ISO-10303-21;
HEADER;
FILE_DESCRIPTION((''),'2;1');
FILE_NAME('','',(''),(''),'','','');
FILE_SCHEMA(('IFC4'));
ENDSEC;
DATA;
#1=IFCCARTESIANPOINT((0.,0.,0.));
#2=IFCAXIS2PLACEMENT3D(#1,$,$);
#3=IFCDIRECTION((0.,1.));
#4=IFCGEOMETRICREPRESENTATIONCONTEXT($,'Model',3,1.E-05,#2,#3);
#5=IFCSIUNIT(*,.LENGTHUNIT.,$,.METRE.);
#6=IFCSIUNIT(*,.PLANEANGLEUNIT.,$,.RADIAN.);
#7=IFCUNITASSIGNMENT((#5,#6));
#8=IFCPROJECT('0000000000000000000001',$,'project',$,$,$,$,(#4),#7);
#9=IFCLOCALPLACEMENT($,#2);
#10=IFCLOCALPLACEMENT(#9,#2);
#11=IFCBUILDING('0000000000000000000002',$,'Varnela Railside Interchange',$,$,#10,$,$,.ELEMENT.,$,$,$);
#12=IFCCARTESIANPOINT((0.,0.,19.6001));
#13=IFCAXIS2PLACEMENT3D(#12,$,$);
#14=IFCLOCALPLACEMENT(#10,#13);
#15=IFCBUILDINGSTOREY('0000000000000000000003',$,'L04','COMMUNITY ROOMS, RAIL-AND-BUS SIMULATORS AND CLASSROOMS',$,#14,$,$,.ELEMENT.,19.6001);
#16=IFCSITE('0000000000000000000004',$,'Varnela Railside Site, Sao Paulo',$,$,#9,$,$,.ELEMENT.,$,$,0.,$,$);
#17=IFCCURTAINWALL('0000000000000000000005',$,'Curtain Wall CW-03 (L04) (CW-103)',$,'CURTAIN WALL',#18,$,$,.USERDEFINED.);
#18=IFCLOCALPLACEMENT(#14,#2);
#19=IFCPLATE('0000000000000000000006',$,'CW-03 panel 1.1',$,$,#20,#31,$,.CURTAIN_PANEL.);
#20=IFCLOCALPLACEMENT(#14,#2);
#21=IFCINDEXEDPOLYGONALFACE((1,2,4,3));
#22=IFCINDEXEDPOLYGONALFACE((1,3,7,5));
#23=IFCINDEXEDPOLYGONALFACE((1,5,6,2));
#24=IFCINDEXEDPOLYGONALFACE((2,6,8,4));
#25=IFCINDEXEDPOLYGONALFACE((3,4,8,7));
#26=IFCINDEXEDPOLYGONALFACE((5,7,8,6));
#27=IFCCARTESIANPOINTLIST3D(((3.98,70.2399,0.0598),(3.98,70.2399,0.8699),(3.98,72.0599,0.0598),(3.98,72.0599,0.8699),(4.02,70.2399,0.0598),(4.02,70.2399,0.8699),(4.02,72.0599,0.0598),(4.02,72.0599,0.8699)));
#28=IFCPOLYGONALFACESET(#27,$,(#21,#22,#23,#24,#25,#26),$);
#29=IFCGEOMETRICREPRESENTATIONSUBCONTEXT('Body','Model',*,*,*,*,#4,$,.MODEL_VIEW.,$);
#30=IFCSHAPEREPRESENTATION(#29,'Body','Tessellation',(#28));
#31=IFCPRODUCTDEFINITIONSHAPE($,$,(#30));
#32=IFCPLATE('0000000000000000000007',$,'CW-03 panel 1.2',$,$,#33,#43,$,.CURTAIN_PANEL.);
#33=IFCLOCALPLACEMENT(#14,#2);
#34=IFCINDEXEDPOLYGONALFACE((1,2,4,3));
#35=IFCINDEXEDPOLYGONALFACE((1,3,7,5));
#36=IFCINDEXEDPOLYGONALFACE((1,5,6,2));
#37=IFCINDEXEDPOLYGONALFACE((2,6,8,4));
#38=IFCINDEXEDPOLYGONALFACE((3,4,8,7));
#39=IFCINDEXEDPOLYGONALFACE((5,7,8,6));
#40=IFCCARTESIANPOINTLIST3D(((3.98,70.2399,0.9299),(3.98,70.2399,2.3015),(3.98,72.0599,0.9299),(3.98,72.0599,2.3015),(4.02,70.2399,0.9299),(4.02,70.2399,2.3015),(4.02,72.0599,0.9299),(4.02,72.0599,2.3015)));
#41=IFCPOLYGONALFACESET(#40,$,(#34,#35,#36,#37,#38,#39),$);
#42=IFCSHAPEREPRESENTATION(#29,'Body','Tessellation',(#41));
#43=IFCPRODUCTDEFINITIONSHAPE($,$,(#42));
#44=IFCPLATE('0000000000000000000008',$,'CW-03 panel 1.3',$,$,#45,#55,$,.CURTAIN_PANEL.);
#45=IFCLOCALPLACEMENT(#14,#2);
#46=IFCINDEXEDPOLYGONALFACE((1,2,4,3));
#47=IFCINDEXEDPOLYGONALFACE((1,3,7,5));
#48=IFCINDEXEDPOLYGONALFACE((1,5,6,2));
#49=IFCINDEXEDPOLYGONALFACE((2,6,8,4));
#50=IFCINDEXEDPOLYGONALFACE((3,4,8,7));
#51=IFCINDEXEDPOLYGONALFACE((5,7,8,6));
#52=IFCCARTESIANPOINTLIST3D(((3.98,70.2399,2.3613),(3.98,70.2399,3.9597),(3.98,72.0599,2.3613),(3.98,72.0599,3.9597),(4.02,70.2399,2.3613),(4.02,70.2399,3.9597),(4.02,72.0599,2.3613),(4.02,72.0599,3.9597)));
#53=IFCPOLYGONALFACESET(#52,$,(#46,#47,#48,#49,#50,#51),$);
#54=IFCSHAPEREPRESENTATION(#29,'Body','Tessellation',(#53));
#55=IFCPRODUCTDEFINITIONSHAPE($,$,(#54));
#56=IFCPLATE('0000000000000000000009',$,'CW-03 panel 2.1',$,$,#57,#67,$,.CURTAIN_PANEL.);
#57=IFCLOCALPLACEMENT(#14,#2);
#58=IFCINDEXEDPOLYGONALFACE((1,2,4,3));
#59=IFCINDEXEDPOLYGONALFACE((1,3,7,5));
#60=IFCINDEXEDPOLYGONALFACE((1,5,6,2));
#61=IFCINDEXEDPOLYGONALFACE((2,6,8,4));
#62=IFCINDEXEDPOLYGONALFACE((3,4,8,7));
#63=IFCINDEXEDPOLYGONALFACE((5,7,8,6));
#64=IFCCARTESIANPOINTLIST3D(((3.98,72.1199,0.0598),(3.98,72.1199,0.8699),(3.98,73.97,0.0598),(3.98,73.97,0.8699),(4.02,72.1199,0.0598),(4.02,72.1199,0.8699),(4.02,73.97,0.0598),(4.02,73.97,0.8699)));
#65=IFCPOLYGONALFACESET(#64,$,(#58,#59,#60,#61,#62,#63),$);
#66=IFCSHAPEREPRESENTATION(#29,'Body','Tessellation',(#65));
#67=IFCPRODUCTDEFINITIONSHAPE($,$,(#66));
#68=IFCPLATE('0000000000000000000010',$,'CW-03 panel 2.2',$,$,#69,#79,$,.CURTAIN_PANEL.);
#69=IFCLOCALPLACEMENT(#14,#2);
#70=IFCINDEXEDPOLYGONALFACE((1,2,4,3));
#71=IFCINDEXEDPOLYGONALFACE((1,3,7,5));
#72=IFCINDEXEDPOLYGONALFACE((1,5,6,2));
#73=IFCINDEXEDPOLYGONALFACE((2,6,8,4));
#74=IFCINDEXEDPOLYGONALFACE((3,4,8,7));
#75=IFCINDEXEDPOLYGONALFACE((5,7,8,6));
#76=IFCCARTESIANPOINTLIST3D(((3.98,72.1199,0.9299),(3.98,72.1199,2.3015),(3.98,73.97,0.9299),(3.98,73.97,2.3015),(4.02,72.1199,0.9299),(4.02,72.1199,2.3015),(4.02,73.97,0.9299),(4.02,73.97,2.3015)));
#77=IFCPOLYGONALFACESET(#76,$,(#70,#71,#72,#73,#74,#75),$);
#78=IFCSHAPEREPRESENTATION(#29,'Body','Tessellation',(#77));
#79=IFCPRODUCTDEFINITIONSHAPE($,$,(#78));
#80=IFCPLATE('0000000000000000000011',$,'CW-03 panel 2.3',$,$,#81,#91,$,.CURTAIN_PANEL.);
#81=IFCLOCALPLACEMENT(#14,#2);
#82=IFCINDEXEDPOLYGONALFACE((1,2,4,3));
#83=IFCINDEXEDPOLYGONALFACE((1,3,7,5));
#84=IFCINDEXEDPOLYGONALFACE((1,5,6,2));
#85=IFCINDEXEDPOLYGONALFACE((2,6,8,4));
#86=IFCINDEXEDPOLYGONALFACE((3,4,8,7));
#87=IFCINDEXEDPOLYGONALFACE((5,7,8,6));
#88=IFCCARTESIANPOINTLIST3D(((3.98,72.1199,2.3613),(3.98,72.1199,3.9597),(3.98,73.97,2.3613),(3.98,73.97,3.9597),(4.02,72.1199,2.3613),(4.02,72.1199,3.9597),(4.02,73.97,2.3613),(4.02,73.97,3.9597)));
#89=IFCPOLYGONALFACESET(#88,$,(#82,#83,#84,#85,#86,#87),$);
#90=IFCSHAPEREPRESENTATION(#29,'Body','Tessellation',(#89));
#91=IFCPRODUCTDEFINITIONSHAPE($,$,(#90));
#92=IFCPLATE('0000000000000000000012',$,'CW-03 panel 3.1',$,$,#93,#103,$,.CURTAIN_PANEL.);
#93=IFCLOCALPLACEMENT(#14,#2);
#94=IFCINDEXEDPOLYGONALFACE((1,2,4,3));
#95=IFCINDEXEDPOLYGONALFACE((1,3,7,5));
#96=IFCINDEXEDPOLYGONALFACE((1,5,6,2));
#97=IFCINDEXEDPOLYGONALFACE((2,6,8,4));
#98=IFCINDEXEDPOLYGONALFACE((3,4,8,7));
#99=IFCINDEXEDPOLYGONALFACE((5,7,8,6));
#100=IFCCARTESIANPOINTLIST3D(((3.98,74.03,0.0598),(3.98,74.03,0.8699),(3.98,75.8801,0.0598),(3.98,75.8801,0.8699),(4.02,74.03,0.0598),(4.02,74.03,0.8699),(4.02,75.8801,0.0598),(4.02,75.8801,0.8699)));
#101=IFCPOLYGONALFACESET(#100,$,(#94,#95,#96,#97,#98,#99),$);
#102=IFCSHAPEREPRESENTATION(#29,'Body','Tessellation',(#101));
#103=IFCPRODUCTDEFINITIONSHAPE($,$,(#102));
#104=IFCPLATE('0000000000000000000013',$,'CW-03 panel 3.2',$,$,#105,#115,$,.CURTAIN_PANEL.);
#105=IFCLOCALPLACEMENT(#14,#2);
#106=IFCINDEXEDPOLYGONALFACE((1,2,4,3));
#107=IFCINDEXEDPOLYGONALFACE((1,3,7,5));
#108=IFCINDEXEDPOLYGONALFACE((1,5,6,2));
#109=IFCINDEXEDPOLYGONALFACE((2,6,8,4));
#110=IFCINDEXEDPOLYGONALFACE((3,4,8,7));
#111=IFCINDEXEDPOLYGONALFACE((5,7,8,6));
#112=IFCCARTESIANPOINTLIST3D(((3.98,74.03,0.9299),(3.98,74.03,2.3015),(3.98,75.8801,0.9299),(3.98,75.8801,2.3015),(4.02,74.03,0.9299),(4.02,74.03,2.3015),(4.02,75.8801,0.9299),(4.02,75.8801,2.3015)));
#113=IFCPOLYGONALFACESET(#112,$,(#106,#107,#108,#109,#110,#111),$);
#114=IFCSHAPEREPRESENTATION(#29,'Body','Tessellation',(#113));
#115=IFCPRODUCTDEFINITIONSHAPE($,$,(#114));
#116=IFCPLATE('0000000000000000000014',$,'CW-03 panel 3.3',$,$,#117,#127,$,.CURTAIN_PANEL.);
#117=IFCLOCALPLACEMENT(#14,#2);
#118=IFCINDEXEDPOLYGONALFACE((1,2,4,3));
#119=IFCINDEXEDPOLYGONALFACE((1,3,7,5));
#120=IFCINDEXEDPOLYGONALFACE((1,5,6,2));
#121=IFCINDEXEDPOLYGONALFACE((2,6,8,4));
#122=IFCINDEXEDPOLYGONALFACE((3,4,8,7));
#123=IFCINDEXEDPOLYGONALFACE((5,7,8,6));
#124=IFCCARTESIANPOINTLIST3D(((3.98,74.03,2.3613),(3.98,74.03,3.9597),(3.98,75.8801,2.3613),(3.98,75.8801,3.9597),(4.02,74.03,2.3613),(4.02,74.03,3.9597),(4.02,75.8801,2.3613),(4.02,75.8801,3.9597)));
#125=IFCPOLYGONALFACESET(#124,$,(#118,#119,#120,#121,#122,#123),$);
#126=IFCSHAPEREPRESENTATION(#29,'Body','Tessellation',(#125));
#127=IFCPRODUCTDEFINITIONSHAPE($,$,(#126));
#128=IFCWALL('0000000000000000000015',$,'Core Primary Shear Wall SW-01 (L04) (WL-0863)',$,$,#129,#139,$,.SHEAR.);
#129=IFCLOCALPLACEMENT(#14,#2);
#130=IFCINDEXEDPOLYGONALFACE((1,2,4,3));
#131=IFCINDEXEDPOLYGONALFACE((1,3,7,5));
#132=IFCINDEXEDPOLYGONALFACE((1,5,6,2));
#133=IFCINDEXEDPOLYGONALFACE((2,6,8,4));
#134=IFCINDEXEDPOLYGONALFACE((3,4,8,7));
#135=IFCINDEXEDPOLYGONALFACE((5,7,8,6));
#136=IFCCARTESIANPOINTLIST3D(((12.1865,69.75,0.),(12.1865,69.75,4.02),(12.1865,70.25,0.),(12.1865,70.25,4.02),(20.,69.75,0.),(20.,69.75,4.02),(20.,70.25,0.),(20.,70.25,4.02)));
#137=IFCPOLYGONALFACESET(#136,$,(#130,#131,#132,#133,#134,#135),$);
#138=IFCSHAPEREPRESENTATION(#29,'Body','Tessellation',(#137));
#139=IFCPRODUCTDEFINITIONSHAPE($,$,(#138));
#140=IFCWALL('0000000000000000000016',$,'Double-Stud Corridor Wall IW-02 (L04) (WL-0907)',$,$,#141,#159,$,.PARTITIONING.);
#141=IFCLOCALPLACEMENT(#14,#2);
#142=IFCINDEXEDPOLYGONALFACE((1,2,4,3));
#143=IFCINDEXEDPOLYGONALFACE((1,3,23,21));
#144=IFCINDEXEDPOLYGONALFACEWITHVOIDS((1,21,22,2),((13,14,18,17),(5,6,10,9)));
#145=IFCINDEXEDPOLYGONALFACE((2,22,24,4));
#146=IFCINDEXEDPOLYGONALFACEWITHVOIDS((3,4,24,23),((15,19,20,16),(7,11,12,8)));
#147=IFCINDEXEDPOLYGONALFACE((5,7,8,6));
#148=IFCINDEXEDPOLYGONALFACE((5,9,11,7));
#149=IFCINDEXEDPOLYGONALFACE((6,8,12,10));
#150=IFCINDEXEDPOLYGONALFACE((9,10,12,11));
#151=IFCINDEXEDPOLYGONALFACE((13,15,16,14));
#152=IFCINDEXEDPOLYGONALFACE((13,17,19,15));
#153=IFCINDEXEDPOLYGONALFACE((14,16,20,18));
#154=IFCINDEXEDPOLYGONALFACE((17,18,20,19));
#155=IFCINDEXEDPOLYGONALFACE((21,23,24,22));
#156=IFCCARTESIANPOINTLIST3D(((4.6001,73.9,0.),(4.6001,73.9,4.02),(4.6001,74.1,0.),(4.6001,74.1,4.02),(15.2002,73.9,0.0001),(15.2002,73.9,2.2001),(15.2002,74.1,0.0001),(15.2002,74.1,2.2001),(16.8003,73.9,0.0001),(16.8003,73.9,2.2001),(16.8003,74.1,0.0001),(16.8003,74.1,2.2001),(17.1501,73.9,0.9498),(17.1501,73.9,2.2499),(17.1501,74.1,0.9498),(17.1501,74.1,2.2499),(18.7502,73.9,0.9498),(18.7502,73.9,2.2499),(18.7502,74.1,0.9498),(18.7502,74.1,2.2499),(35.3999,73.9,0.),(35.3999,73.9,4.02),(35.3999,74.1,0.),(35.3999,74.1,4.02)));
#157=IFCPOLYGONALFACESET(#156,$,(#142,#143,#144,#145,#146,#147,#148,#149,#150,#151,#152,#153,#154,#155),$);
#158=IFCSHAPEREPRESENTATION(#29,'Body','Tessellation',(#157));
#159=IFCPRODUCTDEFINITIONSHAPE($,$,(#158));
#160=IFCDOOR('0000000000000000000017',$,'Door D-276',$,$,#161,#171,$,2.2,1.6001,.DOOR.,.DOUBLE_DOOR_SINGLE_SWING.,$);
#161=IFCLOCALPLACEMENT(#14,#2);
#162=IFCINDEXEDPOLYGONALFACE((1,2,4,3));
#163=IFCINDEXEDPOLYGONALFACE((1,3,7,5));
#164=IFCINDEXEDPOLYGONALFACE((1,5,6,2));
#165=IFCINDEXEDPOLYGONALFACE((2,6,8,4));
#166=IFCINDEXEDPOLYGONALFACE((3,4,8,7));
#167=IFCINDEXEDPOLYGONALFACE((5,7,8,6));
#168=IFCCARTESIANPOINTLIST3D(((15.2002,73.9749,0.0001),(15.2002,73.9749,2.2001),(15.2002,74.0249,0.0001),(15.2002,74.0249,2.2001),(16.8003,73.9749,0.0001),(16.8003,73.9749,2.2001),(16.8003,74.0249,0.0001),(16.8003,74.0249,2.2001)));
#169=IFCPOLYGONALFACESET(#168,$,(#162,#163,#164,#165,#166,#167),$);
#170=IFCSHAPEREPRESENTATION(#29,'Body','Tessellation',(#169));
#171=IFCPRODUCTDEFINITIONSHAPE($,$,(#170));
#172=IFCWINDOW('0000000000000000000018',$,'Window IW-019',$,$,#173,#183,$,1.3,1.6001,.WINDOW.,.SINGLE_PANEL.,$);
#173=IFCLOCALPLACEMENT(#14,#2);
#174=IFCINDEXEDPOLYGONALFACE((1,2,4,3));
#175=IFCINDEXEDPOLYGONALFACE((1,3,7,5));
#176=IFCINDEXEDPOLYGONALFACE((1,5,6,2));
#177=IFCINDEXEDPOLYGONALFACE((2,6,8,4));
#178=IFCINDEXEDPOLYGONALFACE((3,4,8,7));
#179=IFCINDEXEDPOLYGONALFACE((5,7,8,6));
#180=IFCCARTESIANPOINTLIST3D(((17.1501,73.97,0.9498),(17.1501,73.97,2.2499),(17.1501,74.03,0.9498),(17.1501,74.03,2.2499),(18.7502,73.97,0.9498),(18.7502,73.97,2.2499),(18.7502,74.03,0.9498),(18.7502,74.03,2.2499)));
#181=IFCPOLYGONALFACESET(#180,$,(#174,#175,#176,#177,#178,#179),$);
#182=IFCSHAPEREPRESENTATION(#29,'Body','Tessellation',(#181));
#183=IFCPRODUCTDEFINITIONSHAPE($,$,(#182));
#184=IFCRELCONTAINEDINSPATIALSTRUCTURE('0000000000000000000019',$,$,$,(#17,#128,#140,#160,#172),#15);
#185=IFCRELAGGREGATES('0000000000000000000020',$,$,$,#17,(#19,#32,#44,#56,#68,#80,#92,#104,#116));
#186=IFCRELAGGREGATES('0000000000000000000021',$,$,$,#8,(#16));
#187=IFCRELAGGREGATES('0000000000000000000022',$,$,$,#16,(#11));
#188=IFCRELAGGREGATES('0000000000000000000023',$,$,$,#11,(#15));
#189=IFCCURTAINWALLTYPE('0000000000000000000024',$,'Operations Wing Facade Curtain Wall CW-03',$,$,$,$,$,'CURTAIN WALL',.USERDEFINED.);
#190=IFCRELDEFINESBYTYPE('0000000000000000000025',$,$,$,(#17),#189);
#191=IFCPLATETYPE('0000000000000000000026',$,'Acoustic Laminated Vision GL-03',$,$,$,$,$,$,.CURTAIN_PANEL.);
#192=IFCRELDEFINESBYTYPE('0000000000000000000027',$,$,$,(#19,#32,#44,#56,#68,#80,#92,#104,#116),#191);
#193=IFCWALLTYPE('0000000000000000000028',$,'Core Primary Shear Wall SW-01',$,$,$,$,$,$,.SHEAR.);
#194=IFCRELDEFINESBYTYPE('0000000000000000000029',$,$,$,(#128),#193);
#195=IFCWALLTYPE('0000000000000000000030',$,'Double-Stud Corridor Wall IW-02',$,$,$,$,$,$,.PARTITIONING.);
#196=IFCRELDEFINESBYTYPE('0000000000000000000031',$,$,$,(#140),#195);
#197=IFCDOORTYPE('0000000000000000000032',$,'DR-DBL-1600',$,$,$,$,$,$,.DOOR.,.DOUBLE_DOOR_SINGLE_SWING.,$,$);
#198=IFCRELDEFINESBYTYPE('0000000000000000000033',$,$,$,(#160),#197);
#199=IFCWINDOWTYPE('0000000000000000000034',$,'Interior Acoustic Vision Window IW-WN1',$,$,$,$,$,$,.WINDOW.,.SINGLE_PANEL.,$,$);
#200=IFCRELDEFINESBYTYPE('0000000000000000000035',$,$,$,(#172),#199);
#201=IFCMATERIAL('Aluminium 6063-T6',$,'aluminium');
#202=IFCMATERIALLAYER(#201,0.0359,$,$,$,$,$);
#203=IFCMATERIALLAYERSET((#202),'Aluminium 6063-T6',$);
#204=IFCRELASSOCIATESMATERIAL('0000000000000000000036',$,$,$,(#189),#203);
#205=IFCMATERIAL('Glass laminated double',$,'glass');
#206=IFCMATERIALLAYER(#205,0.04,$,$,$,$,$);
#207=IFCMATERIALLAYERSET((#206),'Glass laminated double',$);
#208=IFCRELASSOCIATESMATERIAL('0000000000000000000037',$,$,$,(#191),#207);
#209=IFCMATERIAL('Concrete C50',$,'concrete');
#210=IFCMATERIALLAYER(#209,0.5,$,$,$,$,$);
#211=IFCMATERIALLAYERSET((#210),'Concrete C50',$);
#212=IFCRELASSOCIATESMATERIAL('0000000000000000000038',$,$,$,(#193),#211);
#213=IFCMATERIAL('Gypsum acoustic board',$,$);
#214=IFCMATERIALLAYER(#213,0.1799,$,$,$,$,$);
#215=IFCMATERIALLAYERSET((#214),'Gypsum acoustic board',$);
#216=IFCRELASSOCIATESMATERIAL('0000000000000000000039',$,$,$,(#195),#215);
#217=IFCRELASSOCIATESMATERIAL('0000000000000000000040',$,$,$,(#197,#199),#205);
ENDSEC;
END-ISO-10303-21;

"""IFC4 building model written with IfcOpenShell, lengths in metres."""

from ifc_helpers import new_model, si_unit, direction, frame, frame_2d, origin, origin_2d, place, context, subcontext, project, spatial, rectangle, extrude, material, layer, layer_set, type_object, element, fill, aggregate, save


model = new_model("IFC4")

# Units and contexts
model_context = context("Model", 3, precision=1e-05, world=origin(), true_north=direction((0.0, 1.0)))
body_context = subcontext(model_context, "Body", "Model", "MODEL_VIEW")
ifc_project = project(units=[si_unit("LENGTHUNIT", "METRE"), si_unit("PLANEANGLEUNIT", "RADIAN")], contexts=[model_context])

# Site, building, storey
site_placement = place(None, origin())
site = spatial("IfcSite", under=ifc_project, at=site_placement, Name="Varnela Railside Site, Sao Paulo", CompositionType="ELEMENT", RefElevation=0.0)
building_placement = place(site_placement, origin())
building = spatial("IfcBuilding", under=site, at=building_placement, Name="Varnela Railside Interchange", CompositionType="ELEMENT")
storey_placement = place(building_placement, frame((0.0, 0.0, 19.6001)))
storey = spatial("IfcBuildingStorey", under=building, at=storey_placement, Name="L04", Description="COMMUNITY ROOMS, RAIL-AND-BUS SIMULATORS AND CLASSROOMS", CompositionType="ELEMENT", Elevation=19.6001)

# Curtain wall
ifc_material_1 = material(Name="Aluminium 6063-T6", Category="aluminium")
ifc_layer_1 = layer(ifc_material_1, 0.0359)
ifc_layer_set_1 = layer_set([ifc_layer_1], Name="Aluminium 6063-T6")
curtain_wall_type = type_object("IfcCurtainWallType", Name="Operations Wing Facade Curtain Wall CW-03", ElementType="CURTAIN WALL", PredefinedType="USERDEFINED", material=ifc_layer_set_1)
curtain_wall_placement = place(storey_placement, origin())
curtain_wall = element("IfcCurtainWall", 1, at=curtain_wall_placement, inside=storey, type_object=curtain_wall_type, Name="Curtain Wall CW-03 (L04) (CW-103)", ObjectType="CURTAIN WALL", PredefinedType="USERDEFINED")

# Plates
ifc_material_2 = material(Name="Glass laminated double", Category="glass")
ifc_layer_2 = layer(ifc_material_2, 0.04)
ifc_layer_set_2 = layer_set([ifc_layer_2], Name="Glass laminated double")
plate_type = type_object("IfcPlateType", Name="Acoustic Laminated Vision GL-03", PredefinedType="CURTAIN_PANEL", material=ifc_layer_set_2)
plate_1_placement = place(storey_placement, frame((4.0, 71.1499, 0.0598), z_axis=(0.0, 0.0, 1.0), x_axis=(0.0, 1.0, 0.0)))
plate_1 = element("IfcPlate", 2, at=plate_1_placement, type_object=plate_type, Name="CW-03 panel 1.1", PredefinedType="CURTAIN_PANEL", context=body_context, shape_type="SweptSolid", body=[
    extrude(rectangle(XDim=1.8201, YDim=0.04, at=origin_2d()), origin(), (0.0, 0.0, 1.0), 0.8101),
])
plate_2_placement = place(storey_placement, frame((4.0, 71.1499, 0.9299), z_axis=(0.0, 0.0, 1.0), x_axis=(0.0, 1.0, 0.0)))
plate_2 = element("IfcPlate", 3, at=plate_2_placement, type_object=plate_type, Name="CW-03 panel 1.2", PredefinedType="CURTAIN_PANEL", context=body_context, shape_type="SweptSolid", body=[
    extrude(rectangle(XDim=1.8201, YDim=0.04, at=origin_2d()), origin(), (0.0, 0.0, 1.0), 1.3716),
])
plate_3_placement = place(storey_placement, frame((4.0, 71.1499, 2.3613), z_axis=(0.0, 0.0, 1.0), x_axis=(0.0, 1.0, 0.0)))
plate_3 = element("IfcPlate", 4, at=plate_3_placement, type_object=plate_type, Name="CW-03 panel 1.3", PredefinedType="CURTAIN_PANEL", context=body_context, shape_type="SweptSolid", body=[
    extrude(rectangle(XDim=1.8201, YDim=0.04, at=origin_2d()), origin(), (0.0, 0.0, 1.0), 1.5984),
])
plate_4_placement = place(storey_placement, frame((4.0, 73.0449, 0.0598), z_axis=(0.0, 0.0, 1.0), x_axis=(0.0, 1.0, 0.0)))
plate_4 = element("IfcPlate", 5, at=plate_4_placement, type_object=plate_type, Name="CW-03 panel 2.1", PredefinedType="CURTAIN_PANEL", context=body_context, shape_type="SweptSolid", body=[
    extrude(rectangle(XDim=1.8501, YDim=0.04, at=origin_2d()), origin(), (0.0, 0.0, 1.0), 0.8101),
])
plate_5_placement = place(storey_placement, frame((4.0, 73.0449, 0.9299), z_axis=(0.0, 0.0, 1.0), x_axis=(0.0, 1.0, 0.0)))
plate_5 = element("IfcPlate", 6, at=plate_5_placement, type_object=plate_type, Name="CW-03 panel 2.2", PredefinedType="CURTAIN_PANEL", context=body_context, shape_type="SweptSolid", body=[
    extrude(rectangle(XDim=1.8501, YDim=0.04, at=origin_2d()), origin(), (0.0, 0.0, 1.0), 1.3716),
])
plate_6_placement = place(storey_placement, frame((4.0, 73.0449, 2.3613), z_axis=(0.0, 0.0, 1.0), x_axis=(0.0, 1.0, 0.0)))
plate_6 = element("IfcPlate", 7, at=plate_6_placement, type_object=plate_type, Name="CW-03 panel 2.3", PredefinedType="CURTAIN_PANEL", context=body_context, shape_type="SweptSolid", body=[
    extrude(rectangle(XDim=1.8501, YDim=0.04, at=origin_2d()), origin(), (0.0, 0.0, 1.0), 1.5984),
])
plate_7_placement = place(storey_placement, frame((4.0, 74.9551, 0.0598), z_axis=(0.0, 0.0, 1.0), x_axis=(0.0, 1.0, 0.0)))
plate_7 = element("IfcPlate", 8, at=plate_7_placement, type_object=plate_type, Name="CW-03 panel 3.1", PredefinedType="CURTAIN_PANEL", context=body_context, shape_type="SweptSolid", body=[
    extrude(rectangle(XDim=1.8501, YDim=0.04, at=origin_2d()), origin(), (0.0, 0.0, 1.0), 0.8101),
])
plate_8_placement = place(storey_placement, frame((4.0, 74.9551, 0.9299), z_axis=(0.0, 0.0, 1.0), x_axis=(0.0, 1.0, 0.0)))
plate_8 = element("IfcPlate", 9, at=plate_8_placement, type_object=plate_type, Name="CW-03 panel 3.2", PredefinedType="CURTAIN_PANEL", context=body_context, shape_type="SweptSolid", body=[
    extrude(rectangle(XDim=1.8501, YDim=0.04, at=origin_2d()), origin(), (0.0, 0.0, 1.0), 1.3716),
])
plate_9_placement = place(storey_placement, frame((4.0, 74.9551, 2.3613), z_axis=(0.0, 0.0, 1.0), x_axis=(0.0, 1.0, 0.0)))
plate_9 = element("IfcPlate", 10, at=plate_9_placement, type_object=plate_type, Name="CW-03 panel 3.3", PredefinedType="CURTAIN_PANEL", context=body_context, shape_type="SweptSolid", body=[
    extrude(rectangle(XDim=1.8501, YDim=0.04, at=origin_2d()), origin(), (0.0, 0.0, 1.0), 1.5984),
])
aggregate(curtain_wall, [plate_1, plate_2, plate_3, plate_4, plate_5, plate_6, plate_7, plate_8, plate_9])

# Wall
ifc_material_3 = material(Name="Concrete C50", Category="concrete")
ifc_layer_3 = layer(ifc_material_3, 0.5)
ifc_layer_set_3 = layer_set([ifc_layer_3], Name="Concrete C50")
wall_type_1 = type_object("IfcWallType", Name="Core Primary Shear Wall SW-01", PredefinedType="SHEAR", material=ifc_layer_set_3)
wall_1_placement = place(storey_placement, frame((12.1865, 70.0, 0.0), z_axis=(0.0, 0.0, 1.0), x_axis=(1.0, 0.0, 0.0)))
element("IfcWall", 11, at=wall_1_placement, inside=storey, type_object=wall_type_1, Name="Core Primary Shear Wall SW-01 (L04) (WL-0863)", PredefinedType="SHEAR", context=body_context, shape_type="SweptSolid", body=[
    extrude(rectangle(XDim=7.8135, YDim=0.5, at=frame_2d((3.9067, 0.0))), origin(), (0.0, 0.0, 1.0), 4.02),
])

# Wall, openings, door, window
ifc_material_4 = material(Name="Gypsum acoustic board")
ifc_layer_4 = layer(ifc_material_4, 0.1799)
ifc_layer_set_4 = layer_set([ifc_layer_4], Name="Gypsum acoustic board")
wall_type_2 = type_object("IfcWallType", Name="Double-Stud Corridor Wall IW-02", PredefinedType="PARTITIONING", material=ifc_layer_set_4)
wall_2_placement = place(storey_placement, frame((4.6001, 74.0, 0.0), z_axis=(0.0, 0.0, 1.0), x_axis=(1.0, 0.0, 0.0)))
wall_2 = element("IfcWall", 12, at=wall_2_placement, inside=storey, type_object=wall_type_2, Name="Double-Stud Corridor Wall IW-02 (L04) (WL-0907)", PredefinedType="PARTITIONING", context=body_context, shape_type="SweptSolid", body=[
    extrude(rectangle(XDim=30.7998, YDim=0.2, at=frame_2d((15.3999, 0.0))), origin(), (0.0, 0.0, 1.0), 4.02),
])
opening_1_placement = place(wall_2_placement, frame((10.6001, 0.0, 0.0)))
opening_1 = element("IfcOpeningElement", 13, at=opening_1_placement, cuts=wall_2, PredefinedType="OPENING", context=body_context, shape_type="SweptSolid", body=[
    extrude(rectangle(XDim=1.6001, YDim=2.2, at=frame_2d((0.8, 1.1001))), frame((0.0, 0.1099, 0.0), z_axis=(0.0, -1.0, 0.0), x_axis=(1.0, 0.0, 0.0)), (0.0, 0.0, 1.0), 0.22),
])
opening_2_placement = place(wall_2_placement, frame((12.55, 0.0, 0.95)))
opening_2 = element("IfcOpeningElement", 14, at=opening_2_placement, cuts=wall_2, PredefinedType="OPENING", context=body_context, shape_type="SweptSolid", body=[
    extrude(rectangle(XDim=1.6001, YDim=1.3, at=frame_2d((0.8, 0.6499))), frame((0.0, 0.1099, 0.0), z_axis=(0.0, -1.0, 0.0), x_axis=(1.0, 0.0, 0.0)), (0.0, 0.0, 1.0), 0.22),
])
door_type = type_object("IfcDoorType", Name="DR-DBL-1600", OperationType="DOUBLE_DOOR_SINGLE_SWING", PredefinedType="DOOR", material=ifc_material_2)
door_placement = place(opening_1_placement, origin())
door = element("IfcDoor", 15, at=door_placement, inside=storey, type_object=door_type, Name="Door D-276", OperationType="DOUBLE_DOOR_SINGLE_SWING", OverallHeight=2.2, OverallWidth=1.6001, PredefinedType="DOOR", context=body_context, shape_type="SweptSolid", body=[
    extrude(rectangle(XDim=1.6001, YDim=2.2, at=frame_2d((0.8, 1.1001))), frame((0.0, 0.0249, 0.0), z_axis=(0.0, -1.0, 0.0), x_axis=(1.0, 0.0, 0.0)), (0.0, 0.0, 1.0), 0.05),
])
fill(opening_1, door)
window_type = type_object("IfcWindowType", Name="Interior Acoustic Vision Window IW-WN1", PartitioningType="SINGLE_PANEL", PredefinedType="WINDOW", material=ifc_material_2)
window_placement = place(opening_2_placement, origin())
window = element("IfcWindow", 16, at=window_placement, inside=storey, type_object=window_type, Name="Window IW-019", OverallHeight=1.3, OverallWidth=1.6001, PartitioningType="SINGLE_PANEL", PredefinedType="WINDOW", context=body_context, shape_type="SweptSolid", body=[
    extrude(rectangle(XDim=1.6001, YDim=1.3, at=frame_2d((0.8, 0.6499))), frame((0.0, 0.03, 0.0), z_axis=(0.0, -1.0, 0.0), x_axis=(1.0, 0.0, 0.0)), (0.0, 0.0, 1.0), 0.0601),
])
fill(opening_2, window)

save(model, "model.ifc")
